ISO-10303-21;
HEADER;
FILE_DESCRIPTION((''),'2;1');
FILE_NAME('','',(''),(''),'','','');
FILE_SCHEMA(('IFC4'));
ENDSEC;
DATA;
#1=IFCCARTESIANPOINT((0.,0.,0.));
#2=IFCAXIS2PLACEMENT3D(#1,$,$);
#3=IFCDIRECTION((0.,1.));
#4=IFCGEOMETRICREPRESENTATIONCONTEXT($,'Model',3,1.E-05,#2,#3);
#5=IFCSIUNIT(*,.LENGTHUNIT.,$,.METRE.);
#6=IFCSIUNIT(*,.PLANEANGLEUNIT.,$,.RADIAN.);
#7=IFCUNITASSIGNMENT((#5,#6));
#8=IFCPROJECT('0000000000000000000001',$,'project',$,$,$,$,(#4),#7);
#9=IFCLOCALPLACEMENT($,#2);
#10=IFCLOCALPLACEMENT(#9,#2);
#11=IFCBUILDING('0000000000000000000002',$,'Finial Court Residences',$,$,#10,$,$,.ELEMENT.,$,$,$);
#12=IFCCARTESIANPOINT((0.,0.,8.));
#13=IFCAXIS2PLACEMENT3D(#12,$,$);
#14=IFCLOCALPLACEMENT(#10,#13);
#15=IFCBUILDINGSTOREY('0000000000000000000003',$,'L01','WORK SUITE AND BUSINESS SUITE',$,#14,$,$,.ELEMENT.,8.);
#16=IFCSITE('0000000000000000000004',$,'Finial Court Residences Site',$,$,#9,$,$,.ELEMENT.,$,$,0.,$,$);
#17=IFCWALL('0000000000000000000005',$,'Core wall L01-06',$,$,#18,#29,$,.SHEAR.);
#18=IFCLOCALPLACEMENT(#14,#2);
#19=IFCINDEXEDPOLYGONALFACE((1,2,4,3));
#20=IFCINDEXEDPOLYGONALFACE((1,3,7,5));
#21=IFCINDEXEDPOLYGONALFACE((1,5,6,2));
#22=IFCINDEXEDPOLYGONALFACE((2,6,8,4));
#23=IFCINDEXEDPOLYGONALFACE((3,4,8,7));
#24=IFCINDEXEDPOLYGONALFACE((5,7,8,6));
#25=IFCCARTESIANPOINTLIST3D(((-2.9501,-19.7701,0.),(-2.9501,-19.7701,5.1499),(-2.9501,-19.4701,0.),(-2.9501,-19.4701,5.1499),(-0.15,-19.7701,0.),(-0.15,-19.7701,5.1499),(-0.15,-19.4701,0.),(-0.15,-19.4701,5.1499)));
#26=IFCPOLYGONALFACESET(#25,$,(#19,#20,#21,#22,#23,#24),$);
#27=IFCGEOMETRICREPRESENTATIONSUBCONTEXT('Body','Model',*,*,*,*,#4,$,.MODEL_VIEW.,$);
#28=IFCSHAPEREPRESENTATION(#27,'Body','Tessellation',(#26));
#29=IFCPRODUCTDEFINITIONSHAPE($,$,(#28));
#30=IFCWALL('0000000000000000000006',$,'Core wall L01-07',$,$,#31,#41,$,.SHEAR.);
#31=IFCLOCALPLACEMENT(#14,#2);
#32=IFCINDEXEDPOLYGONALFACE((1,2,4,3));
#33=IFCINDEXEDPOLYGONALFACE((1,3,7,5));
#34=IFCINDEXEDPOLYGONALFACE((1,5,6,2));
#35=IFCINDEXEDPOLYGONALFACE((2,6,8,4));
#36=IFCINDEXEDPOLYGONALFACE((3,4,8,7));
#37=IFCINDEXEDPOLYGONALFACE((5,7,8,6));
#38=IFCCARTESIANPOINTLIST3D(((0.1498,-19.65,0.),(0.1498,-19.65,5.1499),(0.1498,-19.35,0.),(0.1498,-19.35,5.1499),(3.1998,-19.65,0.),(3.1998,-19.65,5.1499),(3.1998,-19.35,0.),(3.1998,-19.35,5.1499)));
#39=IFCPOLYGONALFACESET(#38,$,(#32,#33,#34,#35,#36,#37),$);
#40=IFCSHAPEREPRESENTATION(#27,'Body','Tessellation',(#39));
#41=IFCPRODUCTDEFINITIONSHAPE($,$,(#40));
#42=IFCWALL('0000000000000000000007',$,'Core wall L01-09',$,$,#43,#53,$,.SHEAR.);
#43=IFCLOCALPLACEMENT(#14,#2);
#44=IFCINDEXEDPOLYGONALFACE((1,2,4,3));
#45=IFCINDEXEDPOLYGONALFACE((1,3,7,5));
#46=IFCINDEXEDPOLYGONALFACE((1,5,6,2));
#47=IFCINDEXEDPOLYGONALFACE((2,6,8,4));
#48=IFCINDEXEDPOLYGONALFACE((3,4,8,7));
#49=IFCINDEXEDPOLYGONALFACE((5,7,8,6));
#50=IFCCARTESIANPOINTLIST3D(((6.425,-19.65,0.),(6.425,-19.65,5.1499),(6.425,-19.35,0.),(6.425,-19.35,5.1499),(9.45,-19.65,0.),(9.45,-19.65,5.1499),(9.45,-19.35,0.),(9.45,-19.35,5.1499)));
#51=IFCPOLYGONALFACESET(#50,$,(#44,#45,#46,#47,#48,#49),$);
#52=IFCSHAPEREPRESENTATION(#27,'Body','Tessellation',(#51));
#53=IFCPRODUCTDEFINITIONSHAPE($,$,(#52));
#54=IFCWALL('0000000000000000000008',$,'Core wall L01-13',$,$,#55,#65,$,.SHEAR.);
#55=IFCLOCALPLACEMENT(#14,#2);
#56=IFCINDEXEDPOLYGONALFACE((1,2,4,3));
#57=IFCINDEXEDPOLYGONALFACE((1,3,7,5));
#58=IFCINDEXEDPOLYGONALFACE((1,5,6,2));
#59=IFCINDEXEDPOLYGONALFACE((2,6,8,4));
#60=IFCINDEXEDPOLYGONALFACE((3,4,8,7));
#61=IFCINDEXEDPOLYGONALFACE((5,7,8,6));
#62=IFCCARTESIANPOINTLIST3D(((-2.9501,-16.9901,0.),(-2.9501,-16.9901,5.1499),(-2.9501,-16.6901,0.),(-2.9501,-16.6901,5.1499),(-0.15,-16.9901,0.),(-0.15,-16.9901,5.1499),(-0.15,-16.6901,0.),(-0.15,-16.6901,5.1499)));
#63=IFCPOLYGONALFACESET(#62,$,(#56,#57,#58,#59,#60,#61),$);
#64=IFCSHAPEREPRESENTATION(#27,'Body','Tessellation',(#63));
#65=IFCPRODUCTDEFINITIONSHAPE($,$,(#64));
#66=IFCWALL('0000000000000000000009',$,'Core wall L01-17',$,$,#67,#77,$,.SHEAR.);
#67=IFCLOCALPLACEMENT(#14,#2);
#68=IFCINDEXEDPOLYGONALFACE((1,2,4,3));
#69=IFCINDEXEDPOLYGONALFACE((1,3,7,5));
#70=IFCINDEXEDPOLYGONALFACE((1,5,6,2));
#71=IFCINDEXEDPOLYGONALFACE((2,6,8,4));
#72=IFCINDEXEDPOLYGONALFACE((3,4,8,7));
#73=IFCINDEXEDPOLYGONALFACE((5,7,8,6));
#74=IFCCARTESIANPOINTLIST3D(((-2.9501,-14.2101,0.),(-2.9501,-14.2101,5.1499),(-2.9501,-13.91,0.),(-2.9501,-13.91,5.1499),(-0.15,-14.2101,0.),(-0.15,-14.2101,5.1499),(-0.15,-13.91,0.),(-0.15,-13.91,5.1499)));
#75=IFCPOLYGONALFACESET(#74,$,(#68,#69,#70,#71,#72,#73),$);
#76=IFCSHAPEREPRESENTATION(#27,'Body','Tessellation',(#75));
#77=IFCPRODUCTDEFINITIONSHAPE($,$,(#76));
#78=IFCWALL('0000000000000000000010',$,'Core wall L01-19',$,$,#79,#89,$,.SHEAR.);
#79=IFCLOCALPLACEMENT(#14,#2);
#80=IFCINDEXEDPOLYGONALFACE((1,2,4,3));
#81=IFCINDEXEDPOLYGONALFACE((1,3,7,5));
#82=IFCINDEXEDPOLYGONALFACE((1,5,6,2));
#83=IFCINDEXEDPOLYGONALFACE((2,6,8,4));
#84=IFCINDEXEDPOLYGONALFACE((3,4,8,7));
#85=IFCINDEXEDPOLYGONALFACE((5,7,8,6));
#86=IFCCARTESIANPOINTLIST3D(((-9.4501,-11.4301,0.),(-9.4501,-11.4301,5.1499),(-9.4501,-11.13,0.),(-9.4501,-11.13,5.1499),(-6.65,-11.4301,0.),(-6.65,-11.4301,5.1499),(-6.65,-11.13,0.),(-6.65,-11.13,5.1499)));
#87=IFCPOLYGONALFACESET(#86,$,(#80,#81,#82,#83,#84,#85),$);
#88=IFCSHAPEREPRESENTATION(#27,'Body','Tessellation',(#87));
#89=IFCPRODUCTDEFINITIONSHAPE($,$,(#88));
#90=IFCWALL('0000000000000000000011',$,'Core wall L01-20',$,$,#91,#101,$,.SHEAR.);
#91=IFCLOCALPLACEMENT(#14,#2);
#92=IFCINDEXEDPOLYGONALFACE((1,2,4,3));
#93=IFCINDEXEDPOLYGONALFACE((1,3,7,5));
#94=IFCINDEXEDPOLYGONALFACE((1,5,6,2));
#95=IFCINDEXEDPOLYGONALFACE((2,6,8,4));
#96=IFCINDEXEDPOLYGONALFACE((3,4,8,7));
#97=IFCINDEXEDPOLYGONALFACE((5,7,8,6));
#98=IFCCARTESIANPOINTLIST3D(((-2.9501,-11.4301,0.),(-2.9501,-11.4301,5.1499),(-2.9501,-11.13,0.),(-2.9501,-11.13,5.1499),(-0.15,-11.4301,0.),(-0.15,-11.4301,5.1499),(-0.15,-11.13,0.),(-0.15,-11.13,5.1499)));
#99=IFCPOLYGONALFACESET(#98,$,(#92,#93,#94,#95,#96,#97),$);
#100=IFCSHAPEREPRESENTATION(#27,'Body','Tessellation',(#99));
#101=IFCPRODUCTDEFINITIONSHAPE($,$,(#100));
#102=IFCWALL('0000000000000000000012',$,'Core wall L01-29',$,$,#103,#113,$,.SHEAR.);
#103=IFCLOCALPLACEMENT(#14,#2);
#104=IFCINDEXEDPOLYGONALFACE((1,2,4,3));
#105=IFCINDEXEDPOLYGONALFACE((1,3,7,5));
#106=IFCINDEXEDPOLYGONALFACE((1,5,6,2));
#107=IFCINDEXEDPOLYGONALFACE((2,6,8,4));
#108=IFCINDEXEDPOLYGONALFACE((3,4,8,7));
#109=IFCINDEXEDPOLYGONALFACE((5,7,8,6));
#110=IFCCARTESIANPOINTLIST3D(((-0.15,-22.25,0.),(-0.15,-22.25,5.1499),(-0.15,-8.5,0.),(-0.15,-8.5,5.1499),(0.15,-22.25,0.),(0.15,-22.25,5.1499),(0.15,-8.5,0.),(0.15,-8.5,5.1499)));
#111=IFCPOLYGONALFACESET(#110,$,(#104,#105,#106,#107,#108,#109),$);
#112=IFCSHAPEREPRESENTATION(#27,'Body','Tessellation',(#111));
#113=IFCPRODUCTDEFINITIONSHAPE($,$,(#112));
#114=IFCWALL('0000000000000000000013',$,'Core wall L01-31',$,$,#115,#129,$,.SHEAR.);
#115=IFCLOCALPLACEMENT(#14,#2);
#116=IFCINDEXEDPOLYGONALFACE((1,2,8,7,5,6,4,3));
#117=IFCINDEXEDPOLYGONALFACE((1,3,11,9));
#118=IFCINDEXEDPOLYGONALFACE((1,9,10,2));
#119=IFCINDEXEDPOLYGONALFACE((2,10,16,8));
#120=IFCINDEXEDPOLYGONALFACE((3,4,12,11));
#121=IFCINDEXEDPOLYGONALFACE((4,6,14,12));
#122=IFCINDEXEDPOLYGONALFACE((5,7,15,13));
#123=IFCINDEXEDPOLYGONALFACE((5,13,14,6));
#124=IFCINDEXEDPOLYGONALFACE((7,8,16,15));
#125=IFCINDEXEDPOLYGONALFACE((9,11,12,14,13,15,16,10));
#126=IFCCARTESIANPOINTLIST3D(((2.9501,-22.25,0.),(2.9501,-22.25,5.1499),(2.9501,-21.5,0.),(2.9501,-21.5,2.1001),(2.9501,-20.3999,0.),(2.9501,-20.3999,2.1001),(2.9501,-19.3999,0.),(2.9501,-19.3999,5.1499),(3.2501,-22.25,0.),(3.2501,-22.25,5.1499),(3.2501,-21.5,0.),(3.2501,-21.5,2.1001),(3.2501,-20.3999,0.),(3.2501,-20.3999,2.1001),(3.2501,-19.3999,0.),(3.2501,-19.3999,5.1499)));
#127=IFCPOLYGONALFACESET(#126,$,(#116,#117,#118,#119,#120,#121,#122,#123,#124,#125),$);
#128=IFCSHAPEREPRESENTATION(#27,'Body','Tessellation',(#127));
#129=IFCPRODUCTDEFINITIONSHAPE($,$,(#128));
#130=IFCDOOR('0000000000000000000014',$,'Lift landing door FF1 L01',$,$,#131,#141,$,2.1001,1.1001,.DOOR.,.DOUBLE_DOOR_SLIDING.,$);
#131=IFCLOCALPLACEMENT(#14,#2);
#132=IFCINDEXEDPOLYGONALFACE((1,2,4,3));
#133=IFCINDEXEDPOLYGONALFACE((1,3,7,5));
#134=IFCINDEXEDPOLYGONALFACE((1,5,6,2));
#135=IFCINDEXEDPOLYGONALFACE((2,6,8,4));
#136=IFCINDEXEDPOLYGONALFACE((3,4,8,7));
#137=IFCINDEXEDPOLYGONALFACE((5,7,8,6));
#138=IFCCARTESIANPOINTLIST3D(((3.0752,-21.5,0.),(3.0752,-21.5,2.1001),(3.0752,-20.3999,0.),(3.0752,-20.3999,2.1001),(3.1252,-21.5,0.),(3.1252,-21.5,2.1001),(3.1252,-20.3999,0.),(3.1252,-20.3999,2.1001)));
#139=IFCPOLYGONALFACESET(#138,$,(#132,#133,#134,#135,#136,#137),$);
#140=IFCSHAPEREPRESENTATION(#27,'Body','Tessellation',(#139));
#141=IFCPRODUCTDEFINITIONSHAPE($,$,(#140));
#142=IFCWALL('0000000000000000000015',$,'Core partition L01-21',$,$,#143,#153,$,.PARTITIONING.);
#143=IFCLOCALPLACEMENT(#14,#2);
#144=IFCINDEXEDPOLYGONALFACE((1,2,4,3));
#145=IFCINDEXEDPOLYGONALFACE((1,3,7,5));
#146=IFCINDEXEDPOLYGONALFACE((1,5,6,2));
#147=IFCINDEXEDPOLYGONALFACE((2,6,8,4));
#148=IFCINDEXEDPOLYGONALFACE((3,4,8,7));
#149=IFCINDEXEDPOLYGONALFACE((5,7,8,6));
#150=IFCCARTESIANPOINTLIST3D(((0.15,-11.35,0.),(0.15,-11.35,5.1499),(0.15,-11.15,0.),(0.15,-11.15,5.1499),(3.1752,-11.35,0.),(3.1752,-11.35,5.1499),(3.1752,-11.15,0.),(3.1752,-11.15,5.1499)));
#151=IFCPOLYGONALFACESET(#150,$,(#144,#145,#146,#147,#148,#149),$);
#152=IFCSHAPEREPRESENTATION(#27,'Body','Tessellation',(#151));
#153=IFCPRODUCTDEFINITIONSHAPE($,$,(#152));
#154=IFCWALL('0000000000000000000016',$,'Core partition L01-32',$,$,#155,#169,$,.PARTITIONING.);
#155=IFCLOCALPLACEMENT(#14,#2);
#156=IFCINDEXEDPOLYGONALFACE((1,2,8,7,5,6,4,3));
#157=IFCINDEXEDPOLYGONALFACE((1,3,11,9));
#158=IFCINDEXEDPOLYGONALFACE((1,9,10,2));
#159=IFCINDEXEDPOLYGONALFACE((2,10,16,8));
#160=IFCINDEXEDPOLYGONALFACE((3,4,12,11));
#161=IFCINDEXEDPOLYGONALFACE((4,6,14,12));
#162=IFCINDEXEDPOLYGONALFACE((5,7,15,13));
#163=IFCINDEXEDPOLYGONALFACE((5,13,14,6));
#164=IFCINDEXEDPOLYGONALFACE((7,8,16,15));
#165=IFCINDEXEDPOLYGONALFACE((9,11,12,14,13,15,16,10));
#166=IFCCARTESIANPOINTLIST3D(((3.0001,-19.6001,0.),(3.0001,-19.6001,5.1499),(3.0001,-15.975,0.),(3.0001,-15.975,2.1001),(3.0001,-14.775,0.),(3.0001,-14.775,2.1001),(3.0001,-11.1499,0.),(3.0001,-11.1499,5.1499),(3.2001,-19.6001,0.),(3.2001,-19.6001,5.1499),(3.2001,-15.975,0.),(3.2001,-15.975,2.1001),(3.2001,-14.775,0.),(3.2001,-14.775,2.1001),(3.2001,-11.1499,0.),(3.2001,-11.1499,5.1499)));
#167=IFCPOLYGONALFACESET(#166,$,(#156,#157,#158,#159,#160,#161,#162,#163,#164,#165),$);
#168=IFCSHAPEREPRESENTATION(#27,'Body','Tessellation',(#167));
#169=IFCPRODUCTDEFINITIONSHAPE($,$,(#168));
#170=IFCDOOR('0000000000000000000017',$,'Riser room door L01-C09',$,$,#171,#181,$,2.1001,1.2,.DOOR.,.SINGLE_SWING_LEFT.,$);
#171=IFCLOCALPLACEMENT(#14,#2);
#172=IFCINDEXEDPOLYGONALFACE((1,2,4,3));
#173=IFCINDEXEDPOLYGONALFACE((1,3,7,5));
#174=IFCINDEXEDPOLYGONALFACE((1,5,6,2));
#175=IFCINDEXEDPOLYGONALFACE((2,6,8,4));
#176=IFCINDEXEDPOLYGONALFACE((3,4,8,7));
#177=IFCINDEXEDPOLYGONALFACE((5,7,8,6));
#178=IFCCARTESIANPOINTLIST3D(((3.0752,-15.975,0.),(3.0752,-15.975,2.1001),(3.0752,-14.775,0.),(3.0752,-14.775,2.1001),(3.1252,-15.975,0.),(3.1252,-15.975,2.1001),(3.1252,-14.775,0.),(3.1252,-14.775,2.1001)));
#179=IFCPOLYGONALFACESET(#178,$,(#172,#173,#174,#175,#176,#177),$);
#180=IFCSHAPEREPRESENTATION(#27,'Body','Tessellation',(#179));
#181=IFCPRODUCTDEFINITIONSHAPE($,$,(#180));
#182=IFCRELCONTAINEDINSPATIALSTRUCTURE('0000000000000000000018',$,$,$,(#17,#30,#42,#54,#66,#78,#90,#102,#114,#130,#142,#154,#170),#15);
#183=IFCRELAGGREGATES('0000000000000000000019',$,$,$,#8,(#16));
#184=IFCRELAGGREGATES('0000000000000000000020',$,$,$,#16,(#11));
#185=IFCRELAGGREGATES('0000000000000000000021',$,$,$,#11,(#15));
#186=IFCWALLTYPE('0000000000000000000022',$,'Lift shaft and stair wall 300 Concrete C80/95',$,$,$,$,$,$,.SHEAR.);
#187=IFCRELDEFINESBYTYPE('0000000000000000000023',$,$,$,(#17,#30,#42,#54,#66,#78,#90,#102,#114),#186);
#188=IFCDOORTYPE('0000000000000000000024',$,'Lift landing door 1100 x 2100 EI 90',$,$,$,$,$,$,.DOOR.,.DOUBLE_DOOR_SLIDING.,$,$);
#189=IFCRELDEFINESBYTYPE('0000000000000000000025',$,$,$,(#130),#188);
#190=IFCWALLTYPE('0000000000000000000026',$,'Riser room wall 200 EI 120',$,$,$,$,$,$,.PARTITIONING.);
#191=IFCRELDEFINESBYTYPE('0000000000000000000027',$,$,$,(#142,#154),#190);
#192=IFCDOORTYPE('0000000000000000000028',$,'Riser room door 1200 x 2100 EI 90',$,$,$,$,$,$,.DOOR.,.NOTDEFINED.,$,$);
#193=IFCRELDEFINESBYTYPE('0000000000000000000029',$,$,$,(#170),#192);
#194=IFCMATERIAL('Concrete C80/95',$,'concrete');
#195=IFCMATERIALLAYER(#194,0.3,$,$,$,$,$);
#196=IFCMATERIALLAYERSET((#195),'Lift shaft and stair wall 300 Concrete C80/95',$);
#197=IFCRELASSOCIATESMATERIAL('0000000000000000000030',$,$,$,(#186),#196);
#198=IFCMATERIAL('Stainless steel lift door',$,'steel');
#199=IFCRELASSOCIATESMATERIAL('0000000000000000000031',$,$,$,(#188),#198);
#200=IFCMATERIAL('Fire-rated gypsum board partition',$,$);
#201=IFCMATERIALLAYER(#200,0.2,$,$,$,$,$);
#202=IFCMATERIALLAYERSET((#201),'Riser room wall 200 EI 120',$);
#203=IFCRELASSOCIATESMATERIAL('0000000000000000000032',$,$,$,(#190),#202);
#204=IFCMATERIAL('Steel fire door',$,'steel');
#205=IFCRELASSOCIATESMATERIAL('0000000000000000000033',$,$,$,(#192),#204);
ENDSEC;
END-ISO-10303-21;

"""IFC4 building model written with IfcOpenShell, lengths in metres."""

from ifc_helpers import new_model, si_unit, direction, frame, frame_2d, origin, place, context, subcontext, project, spatial, rectangle, extrude, material, layer, layer_set, type_object, element, fill, save


model = new_model("IFC4")

# Units and contexts
model_context = context("Model", 3, precision=1e-05, world=origin(), true_north=direction((0.0, 1.0)))
body_context = subcontext(model_context, "Body", "Model", "MODEL_VIEW")
ifc_project = project(units=[si_unit("LENGTHUNIT", "METRE"), si_unit("PLANEANGLEUNIT", "RADIAN")], contexts=[model_context])

# Site, building, storey
site_placement = place(None, origin())
site = spatial("IfcSite", under=ifc_project, at=site_placement, Name="Finial Court Residences Site", CompositionType="ELEMENT", RefElevation=0.0)
building_placement = place(site_placement, origin())
building = spatial("IfcBuilding", under=site, at=building_placement, Name="Finial Court Residences", CompositionType="ELEMENT")
storey_placement = place(building_placement, frame((0.0, 0.0, 8.0)))
storey = spatial("IfcBuildingStorey", under=building, at=storey_placement, Name="L01", Description="WORK SUITE AND BUSINESS SUITE", CompositionType="ELEMENT", Elevation=8.0)

# Shared definitions
ifc_material_1 = material(Name="Concrete C80/95", Category="concrete")

# Shared definitions
ifc_material_2 = material(Name="Fire-rated gypsum board partition")
ifc_material_3 = material(Name="Steel fire door", Category="steel")

# Walls
ifc_layer_1 = layer(ifc_material_1, 0.3)
ifc_layer_set_1 = layer_set([ifc_layer_1], Name="Lift shaft and stair wall 300 Concrete C80/95")
wall_type_1 = type_object("IfcWallType", Name="Lift shaft and stair wall 300 Concrete C80/95", PredefinedType="SHEAR", material=ifc_layer_set_1)
wall_1_placement = place(storey_placement, frame((-2.95, -19.6201, 0.0), z_axis=(0.0, 0.0, 1.0), x_axis=(1.0, 0.0, 0.0)))
element("IfcWall", 1, at=wall_1_placement, inside=storey, type_object=wall_type_1, Name="Core wall L01-06", PredefinedType="SHEAR", context=body_context, shape_type="SweptSolid", body=[
    extrude(rectangle(XDim=2.8, YDim=0.3, at=frame_2d((1.3999, 0.0))), origin(), (0.0, 0.0, 1.0), 5.1499),
])
wall_2_placement = place(storey_placement, frame((0.1499, -19.5, 0.0), z_axis=(0.0, 0.0, 1.0), x_axis=(1.0, 0.0, 0.0)))
element("IfcWall", 2, at=wall_2_placement, inside=storey, type_object=wall_type_1, Name="Core wall L01-07", PredefinedType="SHEAR", context=body_context, shape_type="SweptSolid", body=[
    extrude(rectangle(XDim=3.05, YDim=0.3, at=frame_2d((1.5249, 0.0))), origin(), (0.0, 0.0, 1.0), 5.1499),
])
wall_3_placement = place(storey_placement, frame((6.425, -19.5, 0.0), z_axis=(0.0, 0.0, 1.0), x_axis=(1.0, 0.0, 0.0)))
element("IfcWall", 3, at=wall_3_placement, inside=storey, type_object=wall_type_1, Name="Core wall L01-09", PredefinedType="SHEAR", context=body_context, shape_type="SweptSolid", body=[
    extrude(rectangle(XDim=3.0249, YDim=0.3, at=frame_2d((1.5125, 0.0))), origin(), (0.0, 0.0, 1.0), 5.1499),
])
for number, where, z_axis, x_axis, name in (
    (4, (-2.95, -16.8401, 0.0), (0.0, 0.0, 1.0), (1.0, 0.0, 0.0), "Core wall L01-13"),
    (5, (-2.95, -14.0601, 0.0), (0.0, 0.0, 1.0), (1.0, 0.0, 0.0), "Core wall L01-17"),
    (6, (-9.45, -11.28, 0.0), (0.0, 0.0, 1.0), (1.0, 0.0, 0.0), "Core wall L01-19"),
    (7, (-2.95, -11.28, 0.0), (0.0, 0.0, 1.0), (1.0, 0.0, 0.0), "Core wall L01-20"),
):
    element("IfcWall", number, at=place(storey_placement, frame(where, z_axis=z_axis, x_axis=x_axis)), inside=storey, type_object=wall_type_1, Name=name, PredefinedType="SHEAR", context=body_context, shape_type="SweptSolid", body=[
        extrude(rectangle(XDim=2.8, YDim=0.3, at=frame_2d((1.3999, 0.0))), origin(), (0.0, 0.0, 1.0), 5.1499),
    ])
wall_4_placement = place(storey_placement, frame((0.0, -22.25, 0.0), z_axis=(0.0, 0.0, 1.0), x_axis=(0.0, 1.0, 0.0)))
element("IfcWall", 8, at=wall_4_placement, inside=storey, type_object=wall_type_1, Name="Core wall L01-29", PredefinedType="SHEAR", context=body_context, shape_type="SweptSolid", body=[
    extrude(rectangle(XDim=13.75, YDim=0.3, at=frame_2d((6.875, 0.0))), origin(), (0.0, 0.0, 1.0), 5.1499),
])

# Wall, opening, door
wall_5_placement = place(storey_placement, frame((3.1001, -22.25, 0.0), z_axis=(0.0, 0.0, 1.0), x_axis=(0.0, 1.0, 0.0)))
wall_5 = element("IfcWall", 9, at=wall_5_placement, inside=storey, type_object=wall_type_1, Name="Core wall L01-31", PredefinedType="SHEAR", context=body_context, shape_type="SweptSolid", body=[
    extrude(rectangle(XDim=2.8501, YDim=0.3, at=frame_2d((1.425, 0.0))), origin(), (0.0, 0.0, 1.0), 5.1499),
])
opening_1_placement = place(wall_5_placement, frame((0.75, 0.0, 0.0)))
opening_1 = element("IfcOpeningElement", 10, at=opening_1_placement, cuts=wall_5, PredefinedType="OPENING", context=body_context, shape_type="SweptSolid", body=[
    extrude(rectangle(XDim=1.1001, YDim=2.1001, at=frame_2d((0.55, 1.05))), frame((0.0, 0.1599, 0.0), z_axis=(0.0, -1.0, 0.0), x_axis=(1.0, 0.0, 0.0)), (0.0, 0.0, 1.0), 0.3201),
])
ifc_material_4 = material(Name="Stainless steel lift door", Category="steel")
door_type_1 = type_object("IfcDoorType", Name="Lift landing door 1100 x 2100 EI 90", OperationType="DOUBLE_DOOR_SLIDING", PredefinedType="DOOR", material=ifc_material_4)
door_1_placement = place(opening_1_placement, origin())
door_1 = element("IfcDoor", 11, at=door_1_placement, inside=storey, type_object=door_type_1, Name="Lift landing door FF1 L01", OperationType="DOUBLE_DOOR_SLIDING", OverallHeight=2.1001, OverallWidth=1.1001, PredefinedType="DOOR", context=body_context, shape_type="SweptSolid", body=[
    extrude(rectangle(XDim=1.1001, YDim=2.1001, at=frame_2d((0.55, 1.05))), frame((0.0, 0.0249, 0.0), z_axis=(0.0, -1.0, 0.0), x_axis=(1.0, 0.0, 0.0)), (0.0, 0.0, 1.0), 0.05),
])
fill(opening_1, door_1)

# Wall
ifc_layer_2 = layer(ifc_material_2, 0.2)
ifc_layer_set_2 = layer_set([ifc_layer_2], Name="Riser room wall 200 EI 120")
wall_type_2 = type_object("IfcWallType", Name="Riser room wall 200 EI 120", PredefinedType="PARTITIONING", material=ifc_layer_set_2)
wall_6_placement = place(storey_placement, frame((0.1499, -11.25, 0.0), z_axis=(0.0, 0.0, 1.0), x_axis=(1.0, 0.0, 0.0)))
element("IfcWall", 12, at=wall_6_placement, inside=storey, type_object=wall_type_2, Name="Core partition L01-21", PredefinedType="PARTITIONING", context=body_context, shape_type="SweptSolid", body=[
    extrude(rectangle(XDim=3.0251, YDim=0.2, at=frame_2d((1.5127, 0.0))), origin(), (0.0, 0.0, 1.0), 5.1499),
])

# Wall, opening, door
wall_7_placement = place(storey_placement, frame((3.1001, -19.6001, 0.0), z_axis=(0.0, 0.0, 1.0), x_axis=(0.0, 1.0, 0.0)))
wall_7 = element("IfcWall", 13, at=wall_7_placement, inside=storey, type_object=wall_type_2, Name="Core partition L01-32", PredefinedType="PARTITIONING", context=body_context, shape_type="SweptSolid", body=[
    extrude(rectangle(XDim=8.4502, YDim=0.2, at=frame_2d((4.2251, 0.0))), origin(), (0.0, 0.0, 1.0), 5.1499),
])
opening_2_placement = place(wall_7_placement, frame((3.625, 0.0, 0.0)))
opening_2 = element("IfcOpeningElement", 14, at=opening_2_placement, cuts=wall_7, PredefinedType="OPENING", context=body_context, shape_type="SweptSolid", body=[
    extrude(rectangle(XDim=1.2, YDim=2.1001, at=frame_2d((0.6001, 1.05))), frame((0.0, 0.1099, 0.0), z_axis=(0.0, -1.0, 0.0), x_axis=(1.0, 0.0, 0.0)), (0.0, 0.0, 1.0), 0.22),
])
door_type_2 = type_object("IfcDoorType", Name="Riser room door 1200 x 2100 EI 90", OperationType="NOTDEFINED", PredefinedType="DOOR", material=ifc_material_3)
door_2_placement = place(opening_2_placement, origin())
door_2 = element("IfcDoor", 15, at=door_2_placement, inside=storey, type_object=door_type_2, Name="Riser room door L01-C09", OperationType="SINGLE_SWING_LEFT", OverallHeight=2.1001, OverallWidth=1.2, PredefinedType="DOOR", context=body_context, shape_type="SweptSolid", body=[
    extrude(rectangle(XDim=1.2, YDim=2.1001, at=frame_2d((0.6001, 1.05))), frame((0.0, 0.0249, 0.0), z_axis=(0.0, -1.0, 0.0), x_axis=(1.0, 0.0, 0.0)), (0.0, 0.0, 1.0), 0.05),
])
fill(opening_2, door_2)

save(model, "model.ifc")
